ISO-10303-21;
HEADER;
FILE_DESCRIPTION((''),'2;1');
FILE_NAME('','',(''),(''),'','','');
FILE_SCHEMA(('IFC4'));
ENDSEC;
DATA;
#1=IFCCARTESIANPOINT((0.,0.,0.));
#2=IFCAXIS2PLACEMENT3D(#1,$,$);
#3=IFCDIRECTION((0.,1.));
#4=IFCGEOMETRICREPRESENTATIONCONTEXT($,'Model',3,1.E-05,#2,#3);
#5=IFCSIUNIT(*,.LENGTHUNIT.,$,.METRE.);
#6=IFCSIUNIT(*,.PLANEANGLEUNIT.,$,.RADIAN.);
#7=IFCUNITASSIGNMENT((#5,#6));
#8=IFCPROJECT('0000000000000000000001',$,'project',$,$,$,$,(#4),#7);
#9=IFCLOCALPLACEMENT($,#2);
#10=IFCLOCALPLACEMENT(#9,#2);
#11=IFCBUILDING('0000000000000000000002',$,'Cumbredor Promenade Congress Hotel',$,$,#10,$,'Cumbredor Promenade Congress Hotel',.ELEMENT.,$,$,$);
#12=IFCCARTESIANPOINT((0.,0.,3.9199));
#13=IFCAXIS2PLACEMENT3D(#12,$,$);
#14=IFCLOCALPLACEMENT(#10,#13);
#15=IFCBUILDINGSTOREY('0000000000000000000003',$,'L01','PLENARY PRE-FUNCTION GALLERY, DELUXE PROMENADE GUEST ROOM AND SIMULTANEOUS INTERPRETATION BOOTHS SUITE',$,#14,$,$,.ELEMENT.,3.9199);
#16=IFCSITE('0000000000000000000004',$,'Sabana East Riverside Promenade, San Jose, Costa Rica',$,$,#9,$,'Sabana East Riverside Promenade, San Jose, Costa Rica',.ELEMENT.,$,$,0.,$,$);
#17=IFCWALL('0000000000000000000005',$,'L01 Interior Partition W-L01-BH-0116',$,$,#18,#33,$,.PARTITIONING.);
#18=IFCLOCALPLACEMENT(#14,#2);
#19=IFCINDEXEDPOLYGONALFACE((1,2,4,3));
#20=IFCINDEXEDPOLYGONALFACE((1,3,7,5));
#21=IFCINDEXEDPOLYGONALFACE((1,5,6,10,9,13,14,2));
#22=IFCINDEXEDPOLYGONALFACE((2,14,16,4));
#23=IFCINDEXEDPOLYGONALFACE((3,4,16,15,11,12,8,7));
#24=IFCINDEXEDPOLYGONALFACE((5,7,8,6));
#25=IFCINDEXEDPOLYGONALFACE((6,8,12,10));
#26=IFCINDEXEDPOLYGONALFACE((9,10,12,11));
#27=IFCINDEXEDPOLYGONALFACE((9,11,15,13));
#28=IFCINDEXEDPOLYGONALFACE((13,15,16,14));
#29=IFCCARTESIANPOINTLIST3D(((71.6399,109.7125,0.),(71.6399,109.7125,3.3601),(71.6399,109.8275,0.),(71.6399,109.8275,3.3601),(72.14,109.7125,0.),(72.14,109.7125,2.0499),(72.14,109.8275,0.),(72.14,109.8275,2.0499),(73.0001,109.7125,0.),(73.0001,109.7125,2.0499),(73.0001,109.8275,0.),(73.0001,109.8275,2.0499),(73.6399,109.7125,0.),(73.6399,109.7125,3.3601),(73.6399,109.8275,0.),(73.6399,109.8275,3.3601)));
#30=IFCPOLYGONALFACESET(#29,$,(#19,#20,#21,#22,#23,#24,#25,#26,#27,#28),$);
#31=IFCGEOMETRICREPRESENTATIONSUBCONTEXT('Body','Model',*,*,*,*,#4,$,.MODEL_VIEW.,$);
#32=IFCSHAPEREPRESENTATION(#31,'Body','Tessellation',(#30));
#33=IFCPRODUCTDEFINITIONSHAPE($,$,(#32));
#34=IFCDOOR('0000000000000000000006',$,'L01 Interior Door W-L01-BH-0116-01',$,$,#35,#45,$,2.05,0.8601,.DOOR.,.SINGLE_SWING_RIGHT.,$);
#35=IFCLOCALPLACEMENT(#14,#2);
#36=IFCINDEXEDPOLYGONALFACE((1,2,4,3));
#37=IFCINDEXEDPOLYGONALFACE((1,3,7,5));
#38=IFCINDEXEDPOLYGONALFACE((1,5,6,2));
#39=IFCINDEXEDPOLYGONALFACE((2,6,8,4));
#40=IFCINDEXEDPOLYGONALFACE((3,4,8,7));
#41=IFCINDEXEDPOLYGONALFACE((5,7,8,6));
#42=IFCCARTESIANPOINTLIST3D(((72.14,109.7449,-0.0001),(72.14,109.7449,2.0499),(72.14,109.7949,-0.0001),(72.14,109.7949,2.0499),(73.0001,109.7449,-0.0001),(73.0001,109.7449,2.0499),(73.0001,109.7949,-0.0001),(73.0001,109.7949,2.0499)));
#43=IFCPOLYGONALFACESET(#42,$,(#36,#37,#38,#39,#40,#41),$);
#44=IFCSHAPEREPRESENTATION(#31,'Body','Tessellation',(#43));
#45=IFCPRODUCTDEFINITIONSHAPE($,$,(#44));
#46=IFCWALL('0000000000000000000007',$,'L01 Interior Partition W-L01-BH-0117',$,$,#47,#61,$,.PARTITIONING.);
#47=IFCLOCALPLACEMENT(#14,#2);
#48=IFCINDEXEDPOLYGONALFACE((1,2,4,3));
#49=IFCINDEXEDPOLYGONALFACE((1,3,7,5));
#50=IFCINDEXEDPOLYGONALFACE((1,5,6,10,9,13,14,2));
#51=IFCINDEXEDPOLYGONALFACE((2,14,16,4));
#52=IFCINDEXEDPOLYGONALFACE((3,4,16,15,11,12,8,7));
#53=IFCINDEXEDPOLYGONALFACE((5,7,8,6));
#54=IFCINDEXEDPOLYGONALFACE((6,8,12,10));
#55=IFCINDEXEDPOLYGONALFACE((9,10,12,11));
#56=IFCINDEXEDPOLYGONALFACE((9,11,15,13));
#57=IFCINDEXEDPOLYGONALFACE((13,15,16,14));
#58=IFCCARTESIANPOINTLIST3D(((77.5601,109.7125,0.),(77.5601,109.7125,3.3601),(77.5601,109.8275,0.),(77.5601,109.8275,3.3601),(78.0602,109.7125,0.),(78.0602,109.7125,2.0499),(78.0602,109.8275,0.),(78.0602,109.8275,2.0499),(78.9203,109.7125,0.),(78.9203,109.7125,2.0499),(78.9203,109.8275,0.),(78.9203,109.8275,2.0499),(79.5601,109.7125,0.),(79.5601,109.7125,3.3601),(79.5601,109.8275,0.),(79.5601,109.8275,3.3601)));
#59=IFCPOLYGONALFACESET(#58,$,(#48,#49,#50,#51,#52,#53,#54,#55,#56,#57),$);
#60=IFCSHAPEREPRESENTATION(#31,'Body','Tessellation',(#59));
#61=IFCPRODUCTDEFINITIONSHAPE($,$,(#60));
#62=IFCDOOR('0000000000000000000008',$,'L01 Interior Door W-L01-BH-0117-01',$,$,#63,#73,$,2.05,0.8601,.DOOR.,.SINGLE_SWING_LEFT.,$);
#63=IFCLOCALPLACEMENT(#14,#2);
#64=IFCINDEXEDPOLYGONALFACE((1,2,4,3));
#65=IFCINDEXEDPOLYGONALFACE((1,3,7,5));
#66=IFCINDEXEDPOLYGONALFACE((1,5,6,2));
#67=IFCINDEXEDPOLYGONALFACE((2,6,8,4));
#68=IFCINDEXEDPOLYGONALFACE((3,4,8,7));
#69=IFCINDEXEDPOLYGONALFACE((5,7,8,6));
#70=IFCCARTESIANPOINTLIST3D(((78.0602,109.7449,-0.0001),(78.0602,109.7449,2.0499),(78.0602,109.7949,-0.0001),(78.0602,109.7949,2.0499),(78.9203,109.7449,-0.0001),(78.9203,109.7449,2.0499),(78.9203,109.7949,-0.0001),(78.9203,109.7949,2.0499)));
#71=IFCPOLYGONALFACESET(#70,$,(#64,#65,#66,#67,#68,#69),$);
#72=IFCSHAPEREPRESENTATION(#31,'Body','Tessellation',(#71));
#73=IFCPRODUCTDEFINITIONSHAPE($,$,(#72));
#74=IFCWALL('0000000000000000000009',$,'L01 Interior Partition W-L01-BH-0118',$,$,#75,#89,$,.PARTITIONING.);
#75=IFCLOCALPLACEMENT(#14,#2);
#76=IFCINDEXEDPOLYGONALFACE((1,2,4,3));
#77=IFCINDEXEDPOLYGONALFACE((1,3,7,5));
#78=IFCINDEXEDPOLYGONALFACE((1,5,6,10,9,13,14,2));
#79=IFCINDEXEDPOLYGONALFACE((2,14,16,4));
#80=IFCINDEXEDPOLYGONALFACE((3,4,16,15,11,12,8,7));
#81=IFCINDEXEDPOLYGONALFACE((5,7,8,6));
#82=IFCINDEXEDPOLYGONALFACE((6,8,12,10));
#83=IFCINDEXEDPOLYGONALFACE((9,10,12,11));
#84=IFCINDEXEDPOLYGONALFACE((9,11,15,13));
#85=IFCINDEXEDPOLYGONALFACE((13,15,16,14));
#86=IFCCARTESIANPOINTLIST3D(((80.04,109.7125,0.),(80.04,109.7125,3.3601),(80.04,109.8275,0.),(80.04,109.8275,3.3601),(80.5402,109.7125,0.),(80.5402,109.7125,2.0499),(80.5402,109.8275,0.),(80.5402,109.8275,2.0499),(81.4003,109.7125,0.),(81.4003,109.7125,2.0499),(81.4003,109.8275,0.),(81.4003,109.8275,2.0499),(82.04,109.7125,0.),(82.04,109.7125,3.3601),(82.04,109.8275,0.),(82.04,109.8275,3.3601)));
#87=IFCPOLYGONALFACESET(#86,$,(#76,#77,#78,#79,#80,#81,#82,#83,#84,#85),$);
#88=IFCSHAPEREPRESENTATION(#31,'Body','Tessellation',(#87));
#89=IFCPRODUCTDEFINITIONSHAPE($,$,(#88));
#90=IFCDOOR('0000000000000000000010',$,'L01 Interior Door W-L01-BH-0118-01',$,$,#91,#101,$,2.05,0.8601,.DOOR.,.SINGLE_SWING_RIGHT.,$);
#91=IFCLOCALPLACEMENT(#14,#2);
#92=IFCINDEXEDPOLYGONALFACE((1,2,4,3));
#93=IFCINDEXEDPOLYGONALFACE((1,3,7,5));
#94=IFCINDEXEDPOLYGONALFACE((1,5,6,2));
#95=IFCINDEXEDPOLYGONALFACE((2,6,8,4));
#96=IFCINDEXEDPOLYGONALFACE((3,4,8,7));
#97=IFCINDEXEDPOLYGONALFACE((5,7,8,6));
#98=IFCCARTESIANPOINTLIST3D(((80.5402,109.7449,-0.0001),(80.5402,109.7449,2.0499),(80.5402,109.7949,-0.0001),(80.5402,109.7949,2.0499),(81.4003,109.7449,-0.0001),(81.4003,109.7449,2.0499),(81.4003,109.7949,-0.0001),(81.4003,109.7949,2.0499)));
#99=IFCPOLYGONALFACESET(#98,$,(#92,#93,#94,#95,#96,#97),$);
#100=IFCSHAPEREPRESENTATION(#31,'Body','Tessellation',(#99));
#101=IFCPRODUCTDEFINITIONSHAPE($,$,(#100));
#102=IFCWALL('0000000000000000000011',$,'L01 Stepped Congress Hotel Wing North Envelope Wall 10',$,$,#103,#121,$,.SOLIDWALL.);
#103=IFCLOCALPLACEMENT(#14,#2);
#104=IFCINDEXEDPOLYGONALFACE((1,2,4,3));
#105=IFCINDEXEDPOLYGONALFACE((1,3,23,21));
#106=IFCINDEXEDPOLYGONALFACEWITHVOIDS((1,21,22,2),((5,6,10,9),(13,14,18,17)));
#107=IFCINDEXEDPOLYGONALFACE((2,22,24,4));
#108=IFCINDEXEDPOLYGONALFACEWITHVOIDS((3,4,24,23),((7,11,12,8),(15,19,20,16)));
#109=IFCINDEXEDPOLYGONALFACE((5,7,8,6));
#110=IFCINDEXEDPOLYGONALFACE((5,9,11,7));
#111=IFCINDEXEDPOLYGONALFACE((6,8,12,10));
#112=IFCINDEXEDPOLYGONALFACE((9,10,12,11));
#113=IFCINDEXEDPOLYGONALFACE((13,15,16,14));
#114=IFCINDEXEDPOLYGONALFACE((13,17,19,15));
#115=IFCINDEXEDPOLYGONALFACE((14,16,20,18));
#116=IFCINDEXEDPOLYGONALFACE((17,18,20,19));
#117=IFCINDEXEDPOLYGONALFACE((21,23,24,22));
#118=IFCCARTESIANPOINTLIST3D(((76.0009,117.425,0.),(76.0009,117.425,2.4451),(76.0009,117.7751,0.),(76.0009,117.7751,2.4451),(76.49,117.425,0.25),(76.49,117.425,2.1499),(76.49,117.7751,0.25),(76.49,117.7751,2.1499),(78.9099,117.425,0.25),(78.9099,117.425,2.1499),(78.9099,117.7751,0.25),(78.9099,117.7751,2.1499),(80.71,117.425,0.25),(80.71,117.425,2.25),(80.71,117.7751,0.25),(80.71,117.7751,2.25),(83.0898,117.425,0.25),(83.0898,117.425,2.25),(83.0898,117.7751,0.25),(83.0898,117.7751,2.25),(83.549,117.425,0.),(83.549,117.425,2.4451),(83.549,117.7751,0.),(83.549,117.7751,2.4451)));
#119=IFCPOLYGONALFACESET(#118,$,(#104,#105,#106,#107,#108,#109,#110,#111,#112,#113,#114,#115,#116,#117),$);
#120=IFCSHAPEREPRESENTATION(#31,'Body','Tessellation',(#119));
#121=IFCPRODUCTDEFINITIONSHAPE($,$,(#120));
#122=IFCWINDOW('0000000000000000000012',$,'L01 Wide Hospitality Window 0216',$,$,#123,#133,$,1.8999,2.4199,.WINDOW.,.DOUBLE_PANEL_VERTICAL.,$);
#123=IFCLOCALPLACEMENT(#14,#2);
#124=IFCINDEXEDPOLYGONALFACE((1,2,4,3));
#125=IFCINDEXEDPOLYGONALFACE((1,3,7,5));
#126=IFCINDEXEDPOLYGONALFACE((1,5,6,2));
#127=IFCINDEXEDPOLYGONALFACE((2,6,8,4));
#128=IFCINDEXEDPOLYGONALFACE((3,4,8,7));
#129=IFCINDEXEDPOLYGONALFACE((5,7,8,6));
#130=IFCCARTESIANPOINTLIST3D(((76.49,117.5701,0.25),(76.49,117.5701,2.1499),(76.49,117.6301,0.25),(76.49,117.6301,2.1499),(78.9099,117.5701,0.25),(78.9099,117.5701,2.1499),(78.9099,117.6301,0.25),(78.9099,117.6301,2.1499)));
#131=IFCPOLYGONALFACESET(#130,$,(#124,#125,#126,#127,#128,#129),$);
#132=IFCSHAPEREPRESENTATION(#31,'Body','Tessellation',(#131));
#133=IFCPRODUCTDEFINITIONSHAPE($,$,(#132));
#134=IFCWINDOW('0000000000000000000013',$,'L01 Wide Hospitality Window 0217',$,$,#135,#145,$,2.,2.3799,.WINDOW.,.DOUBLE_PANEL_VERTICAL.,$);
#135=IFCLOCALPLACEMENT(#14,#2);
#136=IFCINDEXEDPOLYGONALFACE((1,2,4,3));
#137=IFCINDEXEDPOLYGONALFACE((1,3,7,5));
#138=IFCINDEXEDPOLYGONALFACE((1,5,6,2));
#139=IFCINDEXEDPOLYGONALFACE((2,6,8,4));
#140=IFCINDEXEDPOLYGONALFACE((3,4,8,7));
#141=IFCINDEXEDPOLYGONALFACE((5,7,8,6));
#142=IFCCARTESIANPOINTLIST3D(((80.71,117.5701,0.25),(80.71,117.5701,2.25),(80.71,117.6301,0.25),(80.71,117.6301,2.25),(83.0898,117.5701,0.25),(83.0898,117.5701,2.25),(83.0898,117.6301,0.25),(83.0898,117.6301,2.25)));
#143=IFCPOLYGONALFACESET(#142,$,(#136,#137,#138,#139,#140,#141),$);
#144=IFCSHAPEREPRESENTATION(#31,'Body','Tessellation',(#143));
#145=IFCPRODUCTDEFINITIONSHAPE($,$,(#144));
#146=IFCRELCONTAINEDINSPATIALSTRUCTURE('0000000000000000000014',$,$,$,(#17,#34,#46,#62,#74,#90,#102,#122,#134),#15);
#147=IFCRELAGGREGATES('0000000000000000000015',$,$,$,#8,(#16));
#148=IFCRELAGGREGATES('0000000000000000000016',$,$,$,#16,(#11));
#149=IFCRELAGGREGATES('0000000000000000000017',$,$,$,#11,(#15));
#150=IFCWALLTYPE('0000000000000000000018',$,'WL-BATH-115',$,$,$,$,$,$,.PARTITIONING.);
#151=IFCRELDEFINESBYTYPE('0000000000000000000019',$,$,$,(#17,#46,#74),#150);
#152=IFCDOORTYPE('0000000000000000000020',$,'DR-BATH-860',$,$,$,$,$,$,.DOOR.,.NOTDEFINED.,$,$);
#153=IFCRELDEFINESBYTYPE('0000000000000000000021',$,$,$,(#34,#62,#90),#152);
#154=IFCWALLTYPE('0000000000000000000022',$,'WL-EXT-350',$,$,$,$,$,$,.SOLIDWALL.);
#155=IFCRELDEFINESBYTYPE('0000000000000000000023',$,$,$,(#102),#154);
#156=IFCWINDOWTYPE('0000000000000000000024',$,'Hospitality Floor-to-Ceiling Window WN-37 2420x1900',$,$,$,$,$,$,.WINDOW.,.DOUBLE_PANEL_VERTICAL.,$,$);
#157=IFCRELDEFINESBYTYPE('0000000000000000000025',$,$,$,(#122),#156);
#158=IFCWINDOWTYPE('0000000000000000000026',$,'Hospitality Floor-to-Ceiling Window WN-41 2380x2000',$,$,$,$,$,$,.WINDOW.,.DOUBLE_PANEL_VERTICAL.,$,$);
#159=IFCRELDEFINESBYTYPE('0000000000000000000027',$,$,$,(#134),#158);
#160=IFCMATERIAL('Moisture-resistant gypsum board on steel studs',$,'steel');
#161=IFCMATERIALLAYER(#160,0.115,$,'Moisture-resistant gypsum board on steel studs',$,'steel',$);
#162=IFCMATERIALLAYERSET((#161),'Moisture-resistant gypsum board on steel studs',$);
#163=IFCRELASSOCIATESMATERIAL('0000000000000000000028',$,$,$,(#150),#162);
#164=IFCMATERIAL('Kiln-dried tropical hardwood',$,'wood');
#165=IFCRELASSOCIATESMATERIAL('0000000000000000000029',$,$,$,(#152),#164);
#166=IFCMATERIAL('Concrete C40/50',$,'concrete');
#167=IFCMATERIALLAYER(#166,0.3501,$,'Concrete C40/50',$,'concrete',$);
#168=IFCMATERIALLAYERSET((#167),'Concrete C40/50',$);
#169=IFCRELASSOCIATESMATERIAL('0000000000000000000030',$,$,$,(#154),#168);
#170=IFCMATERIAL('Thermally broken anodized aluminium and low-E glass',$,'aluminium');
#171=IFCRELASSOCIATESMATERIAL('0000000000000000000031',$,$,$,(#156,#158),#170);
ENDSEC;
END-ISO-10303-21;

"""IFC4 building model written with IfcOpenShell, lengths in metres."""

from ifc_helpers import new_model, si_unit, direction, frame, frame_2d, origin, place, context, subcontext, project, spatial, rectangle, extrude, material, layer, layer_set, type_object, element, fill, save


model = new_model("IFC4")

# Units and contexts
model_context = context("Model", 3, precision=1e-05, world=origin(), true_north=direction((0.0, 1.0)))
body_context = subcontext(model_context, "Body", "Model", "MODEL_VIEW")
ifc_project = project(units=[si_unit("LENGTHUNIT", "METRE"), si_unit("PLANEANGLEUNIT", "RADIAN")], contexts=[model_context])

# Site, building, storey
site_placement = place(None, origin())
site = spatial("IfcSite", under=ifc_project, at=site_placement, Name="Sabana East Riverside Promenade, San Jose, Costa Rica", LongName="Sabana East Riverside Promenade, San Jose, Costa Rica", CompositionType="ELEMENT", RefElevation=0.0)
building_placement = place(site_placement, origin())
building = spatial("IfcBuilding", under=site, at=building_placement, Name="Cumbredor Promenade Congress Hotel", LongName="Cumbredor Promenade Congress Hotel", CompositionType="ELEMENT")
storey_placement = place(building_placement, frame((0.0, 0.0, 3.9199)))
storey = spatial("IfcBuildingStorey", under=building, at=storey_placement, Name="L01", Description="PLENARY PRE-FUNCTION GALLERY, DELUXE PROMENADE GUEST ROOM AND SIMULTANEOUS INTERPRETATION BOOTHS SUITE", CompositionType="ELEMENT", Elevation=3.9199)

# Shared definitions
ifc_material_1 = material(Name="Concrete C40/50", Category="concrete")

# Shared definitions
ifc_material_2 = material(Name="Thermally broken anodized aluminium and low-E glass", Category="aluminium")

# Shared definitions
ifc_material_3 = material(Name="Kiln-dried tropical hardwood", Category="wood")

# Walls, openings, doors
ifc_material_4 = material(Name="Moisture-resistant gypsum board on steel studs", Category="steel")
ifc_layer_1 = layer(ifc_material_4, 0.115, Name="Moisture-resistant gypsum board on steel studs", Category="steel")
ifc_layer_set_1 = layer_set([ifc_layer_1], Name="Moisture-resistant gypsum board on steel studs")
wall_type_1 = type_object("IfcWallType", Name="WL-BATH-115", PredefinedType="PARTITIONING", material=ifc_layer_set_1)
door_type = type_object("IfcDoorType", Name="DR-BATH-860", OperationType="NOTDEFINED", PredefinedType="DOOR", material=ifc_material_3)
wall_1_placement = place(storey_placement, frame((71.6399, 109.77, 0.0), z_axis=(0.0, 0.0, 1.0), x_axis=(1.0, 0.0, 0.0)))
wall_1 = element("IfcWall", 1, at=wall_1_placement, inside=storey, type_object=wall_type_1, Name="L01 Interior Partition W-L01-BH-0116", PredefinedType="PARTITIONING", context=body_context, shape_type="SweptSolid", body=[
    extrude(rectangle(XDim=2.0, YDim=0.115, at=frame_2d((1.0, 0.0))), origin(), (0.0, 0.0, 1.0), 3.3601),
])
opening_1_placement = place(wall_1_placement, frame((0.5, 0.0, 0.0)))
opening_1 = element("IfcOpeningElement", 2, at=opening_1_placement, cuts=wall_1, PredefinedType="OPENING", context=body_context, shape_type="SweptSolid", body=[
    extrude(rectangle(XDim=0.8601, YDim=2.05, at=frame_2d((0.4302, 1.0249))), frame((0.0, 0.0674, 0.0), z_axis=(0.0, -1.0, 0.0), x_axis=(1.0, 0.0, 0.0)), (0.0, 0.0, 1.0), 0.135),
])
door_1_placement = place(opening_1_placement, origin())
door_1 = element("IfcDoor", 3, at=door_1_placement, inside=storey, type_object=door_type, Name="L01 Interior Door W-L01-BH-0116-01", OperationType="SINGLE_SWING_RIGHT", OverallHeight=2.05, OverallWidth=0.8601, PredefinedType="DOOR", context=body_context, shape_type="SweptSolid", body=[
    extrude(rectangle(XDim=0.8601, YDim=2.05, at=frame_2d((0.4302, 1.0249))), frame((0.0, 0.0249, 0.0), z_axis=(0.0, -1.0, 0.0), x_axis=(1.0, 0.0, 0.0)), (0.0, 0.0, 1.0), 0.05),
])
fill(opening_1, door_1)
wall_2_placement = place(storey_placement, frame((77.5601, 109.77, 0.0), z_axis=(0.0, 0.0, 1.0), x_axis=(1.0, 0.0, 0.0)))
wall_2 = element("IfcWall", 4, at=wall_2_placement, inside=storey, type_object=wall_type_1, Name="L01 Interior Partition W-L01-BH-0117", PredefinedType="PARTITIONING", context=body_context, shape_type="SweptSolid", body=[
    extrude(rectangle(XDim=2.0, YDim=0.115, at=frame_2d((1.0, 0.0))), origin(), (0.0, 0.0, 1.0), 3.3601),
])
opening_2_placement = place(wall_2_placement, frame((0.5, 0.0, 0.0)))
opening_2 = element("IfcOpeningElement", 5, at=opening_2_placement, cuts=wall_2, PredefinedType="OPENING", context=body_context, shape_type="SweptSolid", body=[
    extrude(rectangle(XDim=0.8601, YDim=2.05, at=frame_2d((0.4302, 1.0249))), frame((0.0, 0.0674, 0.0), z_axis=(0.0, -1.0, 0.0), x_axis=(1.0, 0.0, 0.0)), (0.0, 0.0, 1.0), 0.135),
])
door_2_placement = place(opening_2_placement, origin())
door_2 = element("IfcDoor", 6, at=door_2_placement, inside=storey, type_object=door_type, Name="L01 Interior Door W-L01-BH-0117-01", OperationType="SINGLE_SWING_LEFT", OverallHeight=2.05, OverallWidth=0.8601, PredefinedType="DOOR", context=body_context, shape_type="SweptSolid", body=[
    extrude(rectangle(XDim=0.8601, YDim=2.05, at=frame_2d((0.4302, 1.0249))), frame((0.0, 0.0249, 0.0), z_axis=(0.0, -1.0, 0.0), x_axis=(1.0, 0.0, 0.0)), (0.0, 0.0, 1.0), 0.05),
])
fill(opening_2, door_2)
wall_3_placement = place(storey_placement, frame((80.04, 109.77, 0.0), z_axis=(0.0, 0.0, 1.0), x_axis=(1.0, 0.0, 0.0)))
wall_3 = element("IfcWall", 7, at=wall_3_placement, inside=storey, type_object=wall_type_1, Name="L01 Interior Partition W-L01-BH-0118", PredefinedType="PARTITIONING", context=body_context, shape_type="SweptSolid", body=[
    extrude(rectangle(XDim=2.0, YDim=0.115, at=frame_2d((1.0, 0.0))), origin(), (0.0, 0.0, 1.0), 3.3601),
])
opening_3_placement = place(wall_3_placement, frame((0.5, 0.0, 0.0)))
opening_3 = element("IfcOpeningElement", 8, at=opening_3_placement, cuts=wall_3, PredefinedType="OPENING", context=body_context, shape_type="SweptSolid", body=[
    extrude(rectangle(XDim=0.8601, YDim=2.05, at=frame_2d((0.4302, 1.0249))), frame((0.0, 0.0674, 0.0), z_axis=(0.0, -1.0, 0.0), x_axis=(1.0, 0.0, 0.0)), (0.0, 0.0, 1.0), 0.135),
])
door_3_placement = place(opening_3_placement, origin())
door_3 = element("IfcDoor", 9, at=door_3_placement, inside=storey, type_object=door_type, Name="L01 Interior Door W-L01-BH-0118-01", OperationType="SINGLE_SWING_RIGHT", OverallHeight=2.05, OverallWidth=0.8601, PredefinedType="DOOR", context=body_context, shape_type="SweptSolid", body=[
    extrude(rectangle(XDim=0.8601, YDim=2.05, at=frame_2d((0.4302, 1.0249))), frame((0.0, 0.0249, 0.0), z_axis=(0.0, -1.0, 0.0), x_axis=(1.0, 0.0, 0.0)), (0.0, 0.0, 1.0), 0.05),
])
fill(opening_3, door_3)

# Wall, openings, windows
ifc_layer_2 = layer(ifc_material_1, 0.3501, Name="Concrete C40/50", Category="concrete")
ifc_layer_set_2 = layer_set([ifc_layer_2], Name="Concrete C40/50")
wall_type_2 = type_object("IfcWallType", Name="WL-EXT-350", PredefinedType="SOLIDWALL", material=ifc_layer_set_2)
wall_4_placement = place(storey_placement, frame((76.001, 117.6001, 0.0), z_axis=(0.0, 0.0, 1.0), x_axis=(1.0, 0.0, 0.0)))
wall_4 = element("IfcWall", 10, at=wall_4_placement, inside=storey, type_object=wall_type_2, Name="L01 Stepped Congress Hotel Wing North Envelope Wall 10", PredefinedType="SOLIDWALL", context=body_context, shape_type="SweptSolid", body=[
    extrude(rectangle(XDim=7.5481, YDim=0.3501, at=frame_2d((3.7739, 0.0))), origin(), (0.0, 0.0, 1.0), 2.4451),
])
opening_4_placement = place(wall_4_placement, frame((0.489, 0.0, 0.25)))
opening_4 = element("IfcOpeningElement", 11, at=opening_4_placement, cuts=wall_4, PredefinedType="OPENING", context=body_context, shape_type="SweptSolid", body=[
    extrude(rectangle(XDim=2.4199, YDim=1.8999, at=frame_2d((1.21, 0.95))), frame((0.0, 0.1851, 0.0), z_axis=(0.0, -1.0, 0.0), x_axis=(1.0, 0.0, 0.0)), (0.0, 0.0, 1.0), 0.3701),
])
opening_5_placement = place(wall_4_placement, frame((4.709, 0.0, 0.25)))
opening_5 = element("IfcOpeningElement", 12, at=opening_5_placement, cuts=wall_4, PredefinedType="OPENING", context=body_context, shape_type="SweptSolid", body=[
    extrude(rectangle(XDim=2.3799, YDim=2.0, at=frame_2d((1.1899, 1.0))), frame((0.0, 0.1851, 0.0), z_axis=(0.0, -1.0, 0.0), x_axis=(1.0, 0.0, 0.0)), (0.0, 0.0, 1.0), 0.3701),
])
window_type_1 = type_object("IfcWindowType", Name="Hospitality Floor-to-Ceiling Window WN-37 2420x1900", PartitioningType="DOUBLE_PANEL_VERTICAL", PredefinedType="WINDOW", material=ifc_material_2)
window_1_placement = place(opening_4_placement, origin())
window_1 = element("IfcWindow", 13, at=window_1_placement, inside=storey, type_object=window_type_1, Name="L01 Wide Hospitality Window 0216", OverallHeight=1.8999, OverallWidth=2.4199, PartitioningType="DOUBLE_PANEL_VERTICAL", PredefinedType="WINDOW", context=body_context, shape_type="SweptSolid", body=[
    extrude(rectangle(XDim=2.4199, YDim=1.8999, at=frame_2d((1.21, 0.95))), frame((0.0, 0.03, 0.0), z_axis=(0.0, -1.0, 0.0), x_axis=(1.0, 0.0, 0.0)), (0.0, 0.0, 1.0), 0.0601),
])
fill(opening_4, window_1)
window_type_2 = type_object("IfcWindowType", Name="Hospitality Floor-to-Ceiling Window WN-41 2380x2000", PartitioningType="DOUBLE_PANEL_VERTICAL", PredefinedType="WINDOW", material=ifc_material_2)
window_2_placement = place(opening_5_placement, origin())
window_2 = element("IfcWindow", 14, at=window_2_placement, inside=storey, type_object=window_type_2, Name="L01 Wide Hospitality Window 0217", OverallHeight=2.0, OverallWidth=2.3799, PartitioningType="DOUBLE_PANEL_VERTICAL", PredefinedType="WINDOW", context=body_context, shape_type="SweptSolid", body=[
    extrude(rectangle(XDim=2.3799, YDim=2.0, at=frame_2d((1.1899, 1.0))), frame((0.0, 0.03, 0.0), z_axis=(0.0, -1.0, 0.0), x_axis=(1.0, 0.0, 0.0)), (0.0, 0.0, 1.0), 0.0601),
])
fill(opening_5, window_2)

save(model, "model.ifc")
